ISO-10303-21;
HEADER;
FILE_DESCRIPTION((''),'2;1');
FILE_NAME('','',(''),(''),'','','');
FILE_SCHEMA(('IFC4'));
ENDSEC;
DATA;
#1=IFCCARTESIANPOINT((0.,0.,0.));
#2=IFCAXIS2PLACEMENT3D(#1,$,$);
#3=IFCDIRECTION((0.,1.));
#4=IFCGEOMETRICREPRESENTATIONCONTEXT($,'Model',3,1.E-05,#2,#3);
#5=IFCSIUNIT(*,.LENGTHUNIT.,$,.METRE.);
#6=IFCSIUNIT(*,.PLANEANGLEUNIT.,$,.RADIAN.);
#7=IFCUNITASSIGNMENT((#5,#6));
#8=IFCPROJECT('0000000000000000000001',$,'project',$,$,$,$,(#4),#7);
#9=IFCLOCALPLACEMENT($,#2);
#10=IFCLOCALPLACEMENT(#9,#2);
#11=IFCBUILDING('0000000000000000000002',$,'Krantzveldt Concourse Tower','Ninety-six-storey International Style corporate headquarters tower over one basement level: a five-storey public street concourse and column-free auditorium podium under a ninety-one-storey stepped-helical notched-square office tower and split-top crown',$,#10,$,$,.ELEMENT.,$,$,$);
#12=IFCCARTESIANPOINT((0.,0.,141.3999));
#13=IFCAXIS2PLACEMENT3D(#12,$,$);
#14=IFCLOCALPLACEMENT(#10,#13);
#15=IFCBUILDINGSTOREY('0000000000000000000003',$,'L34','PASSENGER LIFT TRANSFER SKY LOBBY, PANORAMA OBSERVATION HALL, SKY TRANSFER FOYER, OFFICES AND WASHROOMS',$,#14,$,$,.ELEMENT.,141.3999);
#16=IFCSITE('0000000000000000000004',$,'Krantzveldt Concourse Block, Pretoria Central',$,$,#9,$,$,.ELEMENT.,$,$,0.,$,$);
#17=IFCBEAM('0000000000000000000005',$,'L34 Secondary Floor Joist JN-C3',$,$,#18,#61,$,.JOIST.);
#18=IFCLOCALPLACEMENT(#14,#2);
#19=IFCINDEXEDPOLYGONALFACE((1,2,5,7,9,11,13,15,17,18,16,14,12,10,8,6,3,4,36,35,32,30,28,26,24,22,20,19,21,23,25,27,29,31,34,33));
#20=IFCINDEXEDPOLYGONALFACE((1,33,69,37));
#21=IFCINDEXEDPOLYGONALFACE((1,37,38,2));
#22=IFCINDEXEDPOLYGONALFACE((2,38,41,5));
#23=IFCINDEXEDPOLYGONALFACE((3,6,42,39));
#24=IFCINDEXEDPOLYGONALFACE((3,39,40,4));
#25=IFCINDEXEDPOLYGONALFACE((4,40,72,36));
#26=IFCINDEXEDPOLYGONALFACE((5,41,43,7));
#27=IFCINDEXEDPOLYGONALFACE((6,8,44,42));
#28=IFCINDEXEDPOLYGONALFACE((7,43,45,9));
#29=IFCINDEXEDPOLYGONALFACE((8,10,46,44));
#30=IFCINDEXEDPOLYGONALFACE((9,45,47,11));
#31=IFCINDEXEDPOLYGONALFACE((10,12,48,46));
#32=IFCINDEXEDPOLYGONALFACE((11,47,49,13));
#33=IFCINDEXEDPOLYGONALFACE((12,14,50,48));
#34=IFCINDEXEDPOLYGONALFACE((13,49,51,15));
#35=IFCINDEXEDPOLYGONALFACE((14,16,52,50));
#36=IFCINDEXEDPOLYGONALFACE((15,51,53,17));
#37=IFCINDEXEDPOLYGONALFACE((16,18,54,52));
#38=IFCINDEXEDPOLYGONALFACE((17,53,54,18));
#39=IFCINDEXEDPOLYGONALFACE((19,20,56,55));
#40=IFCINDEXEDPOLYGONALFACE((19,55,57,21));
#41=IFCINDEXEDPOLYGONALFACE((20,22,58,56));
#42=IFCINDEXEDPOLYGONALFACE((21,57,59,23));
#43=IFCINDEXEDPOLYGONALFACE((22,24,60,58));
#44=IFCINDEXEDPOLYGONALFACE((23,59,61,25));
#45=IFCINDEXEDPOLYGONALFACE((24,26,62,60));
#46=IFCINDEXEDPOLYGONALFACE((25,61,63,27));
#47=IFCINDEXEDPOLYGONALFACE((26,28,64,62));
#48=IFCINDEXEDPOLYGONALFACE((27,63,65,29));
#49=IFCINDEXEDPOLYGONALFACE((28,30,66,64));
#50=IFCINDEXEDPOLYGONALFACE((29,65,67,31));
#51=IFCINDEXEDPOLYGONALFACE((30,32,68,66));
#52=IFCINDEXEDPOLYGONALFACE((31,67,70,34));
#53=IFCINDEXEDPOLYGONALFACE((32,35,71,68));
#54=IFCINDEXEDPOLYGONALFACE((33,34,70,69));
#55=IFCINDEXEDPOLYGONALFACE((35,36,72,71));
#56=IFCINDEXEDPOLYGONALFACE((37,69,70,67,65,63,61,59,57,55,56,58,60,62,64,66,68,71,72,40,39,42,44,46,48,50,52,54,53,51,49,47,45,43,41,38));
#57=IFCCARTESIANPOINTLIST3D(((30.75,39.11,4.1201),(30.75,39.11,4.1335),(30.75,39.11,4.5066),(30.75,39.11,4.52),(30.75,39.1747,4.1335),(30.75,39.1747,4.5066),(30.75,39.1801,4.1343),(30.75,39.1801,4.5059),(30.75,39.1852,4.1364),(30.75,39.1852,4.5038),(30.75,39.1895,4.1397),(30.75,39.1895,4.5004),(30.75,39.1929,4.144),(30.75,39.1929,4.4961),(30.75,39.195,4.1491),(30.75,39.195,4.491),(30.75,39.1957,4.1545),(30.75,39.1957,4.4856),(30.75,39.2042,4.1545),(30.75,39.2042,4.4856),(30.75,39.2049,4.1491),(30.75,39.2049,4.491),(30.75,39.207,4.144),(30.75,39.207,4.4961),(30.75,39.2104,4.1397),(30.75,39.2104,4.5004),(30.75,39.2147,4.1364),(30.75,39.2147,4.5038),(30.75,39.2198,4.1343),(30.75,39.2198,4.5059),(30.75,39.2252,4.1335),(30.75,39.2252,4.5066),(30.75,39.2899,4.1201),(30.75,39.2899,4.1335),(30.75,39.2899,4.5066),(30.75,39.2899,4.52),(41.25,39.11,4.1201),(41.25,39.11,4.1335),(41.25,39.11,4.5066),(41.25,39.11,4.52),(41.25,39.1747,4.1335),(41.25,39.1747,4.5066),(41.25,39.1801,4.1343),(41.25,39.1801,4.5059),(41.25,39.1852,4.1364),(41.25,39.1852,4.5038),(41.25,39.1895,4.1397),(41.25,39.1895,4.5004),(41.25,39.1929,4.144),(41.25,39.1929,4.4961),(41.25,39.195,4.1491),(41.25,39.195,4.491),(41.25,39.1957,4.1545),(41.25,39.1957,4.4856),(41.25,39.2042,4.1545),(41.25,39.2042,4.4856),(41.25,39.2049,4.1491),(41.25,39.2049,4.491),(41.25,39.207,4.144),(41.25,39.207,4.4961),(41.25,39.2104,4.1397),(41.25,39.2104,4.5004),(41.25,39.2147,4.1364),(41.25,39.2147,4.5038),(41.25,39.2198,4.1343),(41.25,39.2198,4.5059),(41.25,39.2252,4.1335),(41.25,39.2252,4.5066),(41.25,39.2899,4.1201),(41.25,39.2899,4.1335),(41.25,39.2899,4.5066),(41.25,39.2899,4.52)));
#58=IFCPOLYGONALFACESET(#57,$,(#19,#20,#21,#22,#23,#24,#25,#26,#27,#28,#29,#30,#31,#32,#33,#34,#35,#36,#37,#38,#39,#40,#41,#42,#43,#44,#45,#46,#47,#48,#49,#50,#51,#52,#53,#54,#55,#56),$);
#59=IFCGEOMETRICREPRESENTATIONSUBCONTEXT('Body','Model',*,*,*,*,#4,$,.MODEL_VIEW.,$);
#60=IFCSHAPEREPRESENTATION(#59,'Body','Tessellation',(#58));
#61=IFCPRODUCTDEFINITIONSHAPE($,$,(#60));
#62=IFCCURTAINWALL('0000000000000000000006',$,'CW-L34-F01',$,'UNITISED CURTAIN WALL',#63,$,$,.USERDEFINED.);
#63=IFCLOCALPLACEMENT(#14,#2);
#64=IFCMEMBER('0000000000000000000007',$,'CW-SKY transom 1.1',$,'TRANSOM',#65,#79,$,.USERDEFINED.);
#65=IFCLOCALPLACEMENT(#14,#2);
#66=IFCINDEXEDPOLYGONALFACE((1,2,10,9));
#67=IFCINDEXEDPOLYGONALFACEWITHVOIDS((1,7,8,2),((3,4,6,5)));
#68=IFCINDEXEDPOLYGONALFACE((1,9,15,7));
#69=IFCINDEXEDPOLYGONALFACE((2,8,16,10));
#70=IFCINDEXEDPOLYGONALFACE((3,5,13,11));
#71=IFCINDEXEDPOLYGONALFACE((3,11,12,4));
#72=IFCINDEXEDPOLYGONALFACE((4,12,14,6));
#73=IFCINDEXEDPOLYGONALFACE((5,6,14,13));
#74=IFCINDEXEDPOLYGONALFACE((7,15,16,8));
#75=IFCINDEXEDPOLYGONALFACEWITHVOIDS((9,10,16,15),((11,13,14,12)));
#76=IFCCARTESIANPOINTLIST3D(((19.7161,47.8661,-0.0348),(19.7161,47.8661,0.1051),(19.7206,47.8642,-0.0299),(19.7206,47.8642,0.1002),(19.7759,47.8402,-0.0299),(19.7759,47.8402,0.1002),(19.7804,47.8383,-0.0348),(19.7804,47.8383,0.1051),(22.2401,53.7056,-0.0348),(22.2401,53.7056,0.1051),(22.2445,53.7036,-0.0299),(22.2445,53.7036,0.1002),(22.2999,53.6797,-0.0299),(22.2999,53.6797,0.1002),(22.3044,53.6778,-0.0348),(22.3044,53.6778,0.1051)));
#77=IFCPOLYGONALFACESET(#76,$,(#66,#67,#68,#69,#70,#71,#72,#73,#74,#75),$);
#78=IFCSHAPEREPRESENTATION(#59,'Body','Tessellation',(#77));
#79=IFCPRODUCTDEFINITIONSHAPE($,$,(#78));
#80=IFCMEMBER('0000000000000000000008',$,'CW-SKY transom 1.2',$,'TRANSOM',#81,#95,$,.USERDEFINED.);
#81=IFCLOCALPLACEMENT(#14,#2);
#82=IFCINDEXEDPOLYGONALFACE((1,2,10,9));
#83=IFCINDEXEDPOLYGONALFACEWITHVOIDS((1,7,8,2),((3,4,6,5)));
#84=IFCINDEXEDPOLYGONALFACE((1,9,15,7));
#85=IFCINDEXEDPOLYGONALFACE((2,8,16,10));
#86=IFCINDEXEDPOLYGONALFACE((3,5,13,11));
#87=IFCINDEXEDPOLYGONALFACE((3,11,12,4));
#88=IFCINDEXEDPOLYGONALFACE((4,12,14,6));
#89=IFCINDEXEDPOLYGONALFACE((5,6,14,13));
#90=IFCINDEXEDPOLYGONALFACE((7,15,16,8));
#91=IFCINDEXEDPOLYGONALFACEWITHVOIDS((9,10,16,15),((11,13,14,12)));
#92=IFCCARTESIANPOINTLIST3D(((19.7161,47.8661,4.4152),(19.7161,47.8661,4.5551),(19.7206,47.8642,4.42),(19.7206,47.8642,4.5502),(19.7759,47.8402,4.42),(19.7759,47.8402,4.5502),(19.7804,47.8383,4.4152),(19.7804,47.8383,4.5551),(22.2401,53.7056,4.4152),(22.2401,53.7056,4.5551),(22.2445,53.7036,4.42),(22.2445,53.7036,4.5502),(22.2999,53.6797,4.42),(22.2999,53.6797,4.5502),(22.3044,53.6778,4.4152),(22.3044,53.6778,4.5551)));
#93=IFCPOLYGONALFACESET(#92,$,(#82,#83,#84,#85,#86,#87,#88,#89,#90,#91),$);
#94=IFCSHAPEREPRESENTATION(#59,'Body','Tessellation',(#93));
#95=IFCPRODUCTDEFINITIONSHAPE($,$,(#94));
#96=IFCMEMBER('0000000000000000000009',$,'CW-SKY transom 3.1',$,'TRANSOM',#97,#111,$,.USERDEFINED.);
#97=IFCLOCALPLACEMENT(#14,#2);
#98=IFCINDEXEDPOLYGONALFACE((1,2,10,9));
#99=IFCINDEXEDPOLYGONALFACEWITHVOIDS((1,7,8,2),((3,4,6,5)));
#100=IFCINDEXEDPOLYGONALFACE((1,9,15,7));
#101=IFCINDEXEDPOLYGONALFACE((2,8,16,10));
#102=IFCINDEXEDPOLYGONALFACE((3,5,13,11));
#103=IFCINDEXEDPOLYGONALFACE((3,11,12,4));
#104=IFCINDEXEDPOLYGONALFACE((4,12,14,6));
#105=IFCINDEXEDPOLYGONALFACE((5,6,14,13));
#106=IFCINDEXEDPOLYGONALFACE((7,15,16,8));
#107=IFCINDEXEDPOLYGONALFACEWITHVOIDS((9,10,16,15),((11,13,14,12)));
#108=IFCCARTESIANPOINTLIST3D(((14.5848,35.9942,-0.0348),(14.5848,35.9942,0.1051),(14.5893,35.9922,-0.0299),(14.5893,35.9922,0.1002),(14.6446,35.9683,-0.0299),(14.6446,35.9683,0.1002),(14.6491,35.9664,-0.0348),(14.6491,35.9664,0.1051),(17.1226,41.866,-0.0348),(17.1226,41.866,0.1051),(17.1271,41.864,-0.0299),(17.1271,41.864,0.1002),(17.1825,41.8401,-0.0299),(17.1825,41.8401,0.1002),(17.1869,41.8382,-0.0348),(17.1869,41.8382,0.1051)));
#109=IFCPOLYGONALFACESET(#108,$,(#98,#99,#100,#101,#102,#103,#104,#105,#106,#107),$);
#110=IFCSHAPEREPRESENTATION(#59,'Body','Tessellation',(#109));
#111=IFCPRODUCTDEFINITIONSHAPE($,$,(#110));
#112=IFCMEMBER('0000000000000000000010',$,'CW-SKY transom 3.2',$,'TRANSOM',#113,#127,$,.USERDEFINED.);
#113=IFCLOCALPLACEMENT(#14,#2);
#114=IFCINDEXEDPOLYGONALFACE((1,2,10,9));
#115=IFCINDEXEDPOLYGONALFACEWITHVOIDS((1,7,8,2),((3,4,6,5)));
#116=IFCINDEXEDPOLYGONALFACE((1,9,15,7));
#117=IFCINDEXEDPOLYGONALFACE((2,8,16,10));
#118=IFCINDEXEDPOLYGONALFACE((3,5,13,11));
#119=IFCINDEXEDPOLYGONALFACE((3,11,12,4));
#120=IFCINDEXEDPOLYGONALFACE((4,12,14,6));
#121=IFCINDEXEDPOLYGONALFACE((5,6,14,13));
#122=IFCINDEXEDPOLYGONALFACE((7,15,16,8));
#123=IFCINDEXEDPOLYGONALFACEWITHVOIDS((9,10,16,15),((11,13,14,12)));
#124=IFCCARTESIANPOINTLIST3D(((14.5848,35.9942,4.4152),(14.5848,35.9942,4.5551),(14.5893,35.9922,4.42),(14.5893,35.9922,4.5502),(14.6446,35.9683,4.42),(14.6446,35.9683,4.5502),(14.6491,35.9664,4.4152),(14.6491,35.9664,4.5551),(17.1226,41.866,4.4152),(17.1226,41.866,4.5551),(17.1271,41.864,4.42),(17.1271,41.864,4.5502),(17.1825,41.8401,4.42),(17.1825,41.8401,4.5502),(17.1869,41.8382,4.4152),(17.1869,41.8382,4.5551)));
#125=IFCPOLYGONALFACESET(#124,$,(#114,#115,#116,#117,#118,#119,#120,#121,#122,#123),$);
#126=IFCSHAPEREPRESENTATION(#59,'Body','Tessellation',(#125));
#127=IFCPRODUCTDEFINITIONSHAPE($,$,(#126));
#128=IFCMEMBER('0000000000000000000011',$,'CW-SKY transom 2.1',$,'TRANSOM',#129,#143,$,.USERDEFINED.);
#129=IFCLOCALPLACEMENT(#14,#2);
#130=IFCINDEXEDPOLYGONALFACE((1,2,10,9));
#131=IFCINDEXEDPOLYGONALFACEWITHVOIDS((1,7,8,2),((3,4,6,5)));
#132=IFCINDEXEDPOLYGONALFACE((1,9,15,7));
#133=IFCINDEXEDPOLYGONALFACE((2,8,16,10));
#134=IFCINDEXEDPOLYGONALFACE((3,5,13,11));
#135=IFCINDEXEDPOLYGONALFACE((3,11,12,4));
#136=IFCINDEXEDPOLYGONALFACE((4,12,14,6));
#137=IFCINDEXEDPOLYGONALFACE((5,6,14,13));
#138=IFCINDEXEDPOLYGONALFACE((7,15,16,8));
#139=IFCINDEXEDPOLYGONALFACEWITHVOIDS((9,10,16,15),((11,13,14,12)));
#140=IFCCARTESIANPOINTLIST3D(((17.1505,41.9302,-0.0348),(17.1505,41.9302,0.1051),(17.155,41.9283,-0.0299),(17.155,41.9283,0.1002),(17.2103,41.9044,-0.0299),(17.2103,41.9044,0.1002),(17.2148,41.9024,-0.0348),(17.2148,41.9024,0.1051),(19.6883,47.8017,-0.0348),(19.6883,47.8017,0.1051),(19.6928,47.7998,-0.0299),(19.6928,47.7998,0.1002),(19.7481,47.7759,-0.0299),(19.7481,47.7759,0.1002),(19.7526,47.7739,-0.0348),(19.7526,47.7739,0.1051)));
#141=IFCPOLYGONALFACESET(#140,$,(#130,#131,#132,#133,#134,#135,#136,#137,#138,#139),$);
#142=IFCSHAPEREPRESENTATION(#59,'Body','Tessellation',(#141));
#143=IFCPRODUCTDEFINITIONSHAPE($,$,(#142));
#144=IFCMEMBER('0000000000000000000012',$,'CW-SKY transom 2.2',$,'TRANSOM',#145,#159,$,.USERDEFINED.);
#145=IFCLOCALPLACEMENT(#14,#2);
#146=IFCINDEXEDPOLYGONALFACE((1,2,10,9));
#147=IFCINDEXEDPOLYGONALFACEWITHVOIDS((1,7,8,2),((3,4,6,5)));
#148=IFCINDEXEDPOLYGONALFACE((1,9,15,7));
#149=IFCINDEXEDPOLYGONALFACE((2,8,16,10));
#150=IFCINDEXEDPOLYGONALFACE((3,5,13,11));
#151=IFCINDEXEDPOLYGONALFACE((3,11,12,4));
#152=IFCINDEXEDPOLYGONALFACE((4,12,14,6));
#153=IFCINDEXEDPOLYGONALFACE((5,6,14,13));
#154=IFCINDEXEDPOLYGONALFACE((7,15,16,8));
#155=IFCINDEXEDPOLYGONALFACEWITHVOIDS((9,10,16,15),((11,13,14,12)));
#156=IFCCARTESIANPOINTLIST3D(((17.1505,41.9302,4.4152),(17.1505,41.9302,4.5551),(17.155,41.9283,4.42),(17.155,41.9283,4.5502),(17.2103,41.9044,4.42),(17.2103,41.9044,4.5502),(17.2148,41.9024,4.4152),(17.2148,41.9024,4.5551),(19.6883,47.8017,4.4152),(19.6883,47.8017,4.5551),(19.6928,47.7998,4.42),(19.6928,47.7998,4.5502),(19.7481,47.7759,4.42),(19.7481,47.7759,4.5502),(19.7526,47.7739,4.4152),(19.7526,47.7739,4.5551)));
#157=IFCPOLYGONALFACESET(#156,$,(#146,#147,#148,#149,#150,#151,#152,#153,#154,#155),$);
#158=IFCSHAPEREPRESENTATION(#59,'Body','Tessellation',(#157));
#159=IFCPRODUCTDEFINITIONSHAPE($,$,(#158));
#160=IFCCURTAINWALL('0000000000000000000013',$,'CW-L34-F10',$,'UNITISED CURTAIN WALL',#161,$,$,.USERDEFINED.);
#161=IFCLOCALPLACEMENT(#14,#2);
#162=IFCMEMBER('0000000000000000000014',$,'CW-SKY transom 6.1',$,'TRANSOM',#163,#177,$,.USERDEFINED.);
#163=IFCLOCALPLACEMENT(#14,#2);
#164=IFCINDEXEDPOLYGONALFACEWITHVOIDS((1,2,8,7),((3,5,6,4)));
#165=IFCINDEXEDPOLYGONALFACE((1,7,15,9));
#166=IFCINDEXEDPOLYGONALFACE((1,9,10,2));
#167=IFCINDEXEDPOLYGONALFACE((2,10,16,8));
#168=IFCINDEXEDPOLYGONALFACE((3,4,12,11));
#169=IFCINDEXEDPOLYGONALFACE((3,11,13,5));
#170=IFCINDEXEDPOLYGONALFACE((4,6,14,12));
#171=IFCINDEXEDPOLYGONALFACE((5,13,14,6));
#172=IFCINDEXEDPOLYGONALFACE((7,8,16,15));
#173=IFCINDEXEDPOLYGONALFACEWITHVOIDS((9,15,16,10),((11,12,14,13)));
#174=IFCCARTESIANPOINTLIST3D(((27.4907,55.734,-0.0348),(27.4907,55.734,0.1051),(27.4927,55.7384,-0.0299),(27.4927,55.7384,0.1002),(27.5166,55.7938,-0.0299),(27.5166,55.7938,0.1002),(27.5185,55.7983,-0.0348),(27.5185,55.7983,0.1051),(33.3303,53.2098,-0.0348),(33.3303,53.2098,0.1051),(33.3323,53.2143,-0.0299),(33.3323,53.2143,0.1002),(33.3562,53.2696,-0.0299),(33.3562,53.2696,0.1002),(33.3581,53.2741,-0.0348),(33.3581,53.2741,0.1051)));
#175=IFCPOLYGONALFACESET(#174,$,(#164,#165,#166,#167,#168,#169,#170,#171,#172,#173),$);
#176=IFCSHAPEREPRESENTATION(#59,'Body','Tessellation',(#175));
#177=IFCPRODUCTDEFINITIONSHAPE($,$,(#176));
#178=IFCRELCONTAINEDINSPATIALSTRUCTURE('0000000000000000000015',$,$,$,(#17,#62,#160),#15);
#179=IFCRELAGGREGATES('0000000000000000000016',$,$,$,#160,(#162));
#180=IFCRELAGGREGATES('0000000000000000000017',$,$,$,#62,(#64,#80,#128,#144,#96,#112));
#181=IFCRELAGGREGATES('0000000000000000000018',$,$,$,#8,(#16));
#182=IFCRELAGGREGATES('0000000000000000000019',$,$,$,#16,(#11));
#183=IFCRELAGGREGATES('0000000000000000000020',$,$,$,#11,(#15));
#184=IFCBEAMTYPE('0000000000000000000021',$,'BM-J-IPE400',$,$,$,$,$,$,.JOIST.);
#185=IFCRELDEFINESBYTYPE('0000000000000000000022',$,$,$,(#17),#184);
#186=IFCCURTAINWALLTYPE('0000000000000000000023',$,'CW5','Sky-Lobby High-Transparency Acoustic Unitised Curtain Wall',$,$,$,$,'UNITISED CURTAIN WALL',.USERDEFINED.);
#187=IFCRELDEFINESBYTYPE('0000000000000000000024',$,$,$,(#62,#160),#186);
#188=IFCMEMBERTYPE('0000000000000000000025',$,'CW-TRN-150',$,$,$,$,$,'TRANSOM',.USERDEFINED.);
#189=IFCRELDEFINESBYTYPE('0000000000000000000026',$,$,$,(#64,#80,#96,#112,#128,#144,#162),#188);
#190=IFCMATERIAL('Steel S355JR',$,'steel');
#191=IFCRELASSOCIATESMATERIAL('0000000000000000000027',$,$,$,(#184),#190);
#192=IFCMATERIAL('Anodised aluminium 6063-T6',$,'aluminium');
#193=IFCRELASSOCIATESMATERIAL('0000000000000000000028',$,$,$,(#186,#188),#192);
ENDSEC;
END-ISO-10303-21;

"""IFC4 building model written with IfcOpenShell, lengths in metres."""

from ifc_helpers import new_model, si_unit, direction, frame, origin, origin_2d, place, context, subcontext, project, spatial, hollow_rectangle, i_section, extrude, source, transform, mapped, material, material_profile, profile_set, type_object, type_shapes, element, aggregate, save


model = new_model("IFC4")

# Units and contexts
model_context = context("Model", 3, precision=1e-05, world=origin(), true_north=direction((0.0, 1.0)))
body_context = subcontext(model_context, "Body", "Model", "MODEL_VIEW")
ifc_project = project(units=[si_unit("LENGTHUNIT", "METRE"), si_unit("PLANEANGLEUNIT", "RADIAN")], contexts=[model_context])

# Site, building, storey
site_placement = place(None, origin())
site = spatial("IfcSite", under=ifc_project, at=site_placement, Name="Krantzveldt Concourse Block, Pretoria Central", CompositionType="ELEMENT", RefElevation=0.0)
building_placement = place(site_placement, origin())
building = spatial("IfcBuilding", under=site, at=building_placement, Name="Krantzveldt Concourse Tower", Description="Ninety-six-storey International Style corporate headquarters tower over one basement level: a five-storey public street concourse and column-free auditorium podium under a ninety-one-storey stepped-helical notched-square office tower and split-top crown", CompositionType="ELEMENT")
storey_placement = place(building_placement, frame((0.0, 0.0, 141.3999)))
storey = spatial("IfcBuildingStorey", under=building, at=storey_placement, Name="L34", Description="PASSENGER LIFT TRANSFER SKY LOBBY, PANORAMA OBSERVATION HALL, SKY TRANSFER FOYER, OFFICES AND WASHROOMS", CompositionType="ELEMENT", Elevation=141.3999)

# Beam
ifc_material_1 = material(Name="Steel S355JR", Category="steel")
ifc_material_profile_1 = material_profile(ifc_material_1, i_section(OverallWidth=0.1799, OverallDepth=0.3999, WebThickness=0.0085, FlangeThickness=0.0134, FilletRadius=0.021, at=origin_2d()), Name="Steel S355JR", Category="steel")
ifc_profile_set_1 = profile_set([ifc_material_profile_1], Name="Steel S355JR - IPE 400")
beam_type_1 = type_object("IfcBeamType", Name="BM-J-IPE400", PredefinedType="JOIST", material=ifc_profile_set_1)
shared_shape_1 = source(origin(), body_context, "Body", "SweptSolid", [
    extrude(i_section(OverallWidth=0.1799, OverallDepth=0.3999, WebThickness=0.0085, FlangeThickness=0.0134, FilletRadius=0.021, at=origin_2d()), origin(), (0.0, 0.0, 1.0), 10.5),
])
type_shapes(beam_type_1, [shared_shape_1])
beam_1_placement = place(storey_placement, frame((30.75, 39.2, 4.3201), z_axis=(1.0, 0.0, 0.0), x_axis=(0.0, 1.0, 0.0)))
element("IfcBeam", 1, at=beam_1_placement, inside=storey, type_object=beam_type_1, Name="L34 Secondary Floor Joist JN-C3", PredefinedType="JOIST", context=body_context, shape_type="MappedRepresentation", body=[
    mapped(shared_shape_1, transform((0.0, 0.0, 0.0), x_axis=(1.0, 0.0, 0.0), y_axis=(0.0, 1.0, 0.0), z_axis=(0.0, 0.0, 1.0), scale=1.0)),
])

# Curtain walls, members
ifc_material_2 = material(Name="Anodised aluminium 6063-T6", Category="aluminium")
curtain_wall_type = type_object("IfcCurtainWallType", Name="CW5", Description="Sky-Lobby High-Transparency Acoustic Unitised Curtain Wall", ElementType="UNITISED CURTAIN WALL", PredefinedType="USERDEFINED", material=ifc_material_2)
curtain_wall_1_placement = place(storey_placement, origin())
curtain_wall_1 = element("IfcCurtainWall", 2, at=curtain_wall_1_placement, inside=storey, type_object=curtain_wall_type, Name="CW-L34-F01", ObjectType="UNITISED CURTAIN WALL", PredefinedType="USERDEFINED")
ifc_material_profile_2 = material_profile(ifc_material_2, hollow_rectangle(XDim=0.0701, YDim=0.1399, WallThickness=0.0049, at=origin_2d()), Name="Anodised aluminium 6063-T6", Category="aluminium")
ifc_profile_set_2 = profile_set([ifc_material_profile_2], Name="Anodised aluminium 6063-T6 - ALU-TRAN 140x70x5")
member_type_1 = type_object("IfcMemberType", Name="CW-TRN-150", ElementType="TRANSOM", PredefinedType="USERDEFINED", material=ifc_profile_set_2)
shared_shape_2 = source(origin(), body_context, "Body", "SweptSolid", [
    extrude(hollow_rectangle(XDim=0.0701, YDim=0.1399, WallThickness=0.0049, at=origin_2d()), origin(), (0.0, 0.0, 1.0), 6.3616),
])
member_1_placement = place(storey_placement, frame((22.2722, 53.6917, 0.0352), z_axis=(-0.396752, -0.917926, 0.0), x_axis=(0.917926, -0.396752, 0.0)))
member_1 = element("IfcMember", 3, at=member_1_placement, type_object=member_type_1, Name="CW-SKY transom 1.1", ObjectType="TRANSOM", PredefinedType="USERDEFINED", context=body_context, shape_type="MappedRepresentation", body=[
    mapped(shared_shape_2, transform((0.0, 0.0, 0.0), x_axis=(1.0, 0.0, 0.0), y_axis=(0.0, 1.0, 0.0), z_axis=(0.0, 0.0, 1.0), scale=1.0)),
])
member_2_placement = place(storey_placement, frame((22.2722, 53.6917, 4.4851), z_axis=(-0.396752, -0.917926, 0.0), x_axis=(0.917926, -0.396752, 0.0)))
member_2 = element("IfcMember", 4, at=member_2_placement, type_object=member_type_1, Name="CW-SKY transom 1.2", ObjectType="TRANSOM", PredefinedType="USERDEFINED", context=body_context, shape_type="MappedRepresentation", body=[
    mapped(shared_shape_2, transform((0.0, 0.0, 0.0), x_axis=(1.0, 0.0, 0.0), y_axis=(0.0, 1.0, 0.0), z_axis=(0.0, 0.0, 1.0), scale=1.0)),
])
shared_shape_3 = source(origin(), body_context, "Body", "SweptSolid", [
    extrude(hollow_rectangle(XDim=0.0701, YDim=0.1399, WallThickness=0.0049, at=origin_2d()), origin(), (0.0, 0.0, 1.0), 6.3967),
])
member_3_placement = place(storey_placement, frame((17.1548, 41.8521, 0.0352), z_axis=(-0.396736, -0.917933, 0.0), x_axis=(0.917933, -0.396736, 0.0)))
member_3 = element("IfcMember", 5, at=member_3_placement, type_object=member_type_1, Name="CW-SKY transom 3.1", ObjectType="TRANSOM", PredefinedType="USERDEFINED", context=body_context, shape_type="MappedRepresentation", body=[
    mapped(shared_shape_3, transform((0.0, 0.0, 0.0), x_axis=(1.0, 0.0, 0.0), y_axis=(0.0, 1.0, 0.0), z_axis=(0.0, 0.0, 1.0), scale=1.0)),
])
member_4_placement = place(storey_placement, frame((17.1548, 41.8521, 4.4851), z_axis=(-0.396736, -0.917933, 0.0), x_axis=(0.917933, -0.396736, 0.0)))
member_4 = element("IfcMember", 6, at=member_4_placement, type_object=member_type_1, Name="CW-SKY transom 3.2", ObjectType="TRANSOM", PredefinedType="USERDEFINED", context=body_context, shape_type="MappedRepresentation", body=[
    mapped(shared_shape_3, transform((0.0, 0.0, 0.0), x_axis=(1.0, 0.0, 0.0), y_axis=(0.0, 1.0, 0.0), z_axis=(0.0, 0.0, 1.0), scale=1.0)),
])
shared_shape_4 = source(origin(), body_context, "Body", "SweptSolid", [
    extrude(hollow_rectangle(XDim=0.0701, YDim=0.1399, WallThickness=0.0049, at=origin_2d()), origin(), (0.0, 0.0, 1.0), 6.3965),
])
member_5_placement = place(storey_placement, frame((19.7205, 47.7878, 0.0352), z_axis=(-0.39675, -0.917927, 0.0), x_axis=(0.917927, -0.39675, 0.0)))
member_5 = element("IfcMember", 7, at=member_5_placement, type_object=member_type_1, Name="CW-SKY transom 2.1", ObjectType="TRANSOM", PredefinedType="USERDEFINED", context=body_context, shape_type="MappedRepresentation", body=[
    mapped(shared_shape_4, transform((0.0, 0.0, 0.0), x_axis=(1.0, 0.0, 0.0), y_axis=(0.0, 1.0, 0.0), z_axis=(0.0, 0.0, 1.0), scale=1.0)),
])
member_6_placement = place(storey_placement, frame((19.7205, 47.7878, 4.4851), z_axis=(-0.39675, -0.917927, 0.0), x_axis=(0.917927, -0.39675, 0.0)))
member_6 = element("IfcMember", 8, at=member_6_placement, type_object=member_type_1, Name="CW-SKY transom 2.2", ObjectType="TRANSOM", PredefinedType="USERDEFINED", context=body_context, shape_type="MappedRepresentation", body=[
    mapped(shared_shape_4, transform((0.0, 0.0, 0.0), x_axis=(1.0, 0.0, 0.0), y_axis=(0.0, 1.0, 0.0), z_axis=(0.0, 0.0, 1.0), scale=1.0)),
])
curtain_wall_2_placement = place(storey_placement, origin())
curtain_wall_2 = element("IfcCurtainWall", 9, at=curtain_wall_2_placement, inside=storey, type_object=curtain_wall_type, Name="CW-L34-F10", ObjectType="UNITISED CURTAIN WALL", PredefinedType="USERDEFINED")
shared_shape_5 = source(origin(), body_context, "Body", "SweptSolid", [
    extrude(hollow_rectangle(XDim=0.0701, YDim=0.1399, WallThickness=0.0049, at=origin_2d()), origin(), (0.0, 0.0, 1.0), 6.3618),
])
type_shapes(member_type_1, [shared_shape_2, shared_shape_3, shared_shape_4, shared_shape_5])
member_7_placement = place(storey_placement, frame((33.3442, 53.2419, 0.0352), z_axis=(-0.917918, 0.39677, 0.0), x_axis=(-0.39677, -0.917918, 0.0)))
member_7 = element("IfcMember", 10, at=member_7_placement, type_object=member_type_1, Name="CW-SKY transom 6.1", ObjectType="TRANSOM", PredefinedType="USERDEFINED", context=body_context, shape_type="MappedRepresentation", body=[
    mapped(shared_shape_5, transform((0.0, 0.0, 0.0), x_axis=(1.0, 0.0, 0.0), y_axis=(0.0, 1.0, 0.0), z_axis=(0.0, 0.0, 1.0), scale=1.0)),
])

aggregate(curtain_wall_2, [member_7])
aggregate(curtain_wall_1, [member_1, member_2, member_5, member_6, member_3, member_4])

save(model, "model.ifc")
